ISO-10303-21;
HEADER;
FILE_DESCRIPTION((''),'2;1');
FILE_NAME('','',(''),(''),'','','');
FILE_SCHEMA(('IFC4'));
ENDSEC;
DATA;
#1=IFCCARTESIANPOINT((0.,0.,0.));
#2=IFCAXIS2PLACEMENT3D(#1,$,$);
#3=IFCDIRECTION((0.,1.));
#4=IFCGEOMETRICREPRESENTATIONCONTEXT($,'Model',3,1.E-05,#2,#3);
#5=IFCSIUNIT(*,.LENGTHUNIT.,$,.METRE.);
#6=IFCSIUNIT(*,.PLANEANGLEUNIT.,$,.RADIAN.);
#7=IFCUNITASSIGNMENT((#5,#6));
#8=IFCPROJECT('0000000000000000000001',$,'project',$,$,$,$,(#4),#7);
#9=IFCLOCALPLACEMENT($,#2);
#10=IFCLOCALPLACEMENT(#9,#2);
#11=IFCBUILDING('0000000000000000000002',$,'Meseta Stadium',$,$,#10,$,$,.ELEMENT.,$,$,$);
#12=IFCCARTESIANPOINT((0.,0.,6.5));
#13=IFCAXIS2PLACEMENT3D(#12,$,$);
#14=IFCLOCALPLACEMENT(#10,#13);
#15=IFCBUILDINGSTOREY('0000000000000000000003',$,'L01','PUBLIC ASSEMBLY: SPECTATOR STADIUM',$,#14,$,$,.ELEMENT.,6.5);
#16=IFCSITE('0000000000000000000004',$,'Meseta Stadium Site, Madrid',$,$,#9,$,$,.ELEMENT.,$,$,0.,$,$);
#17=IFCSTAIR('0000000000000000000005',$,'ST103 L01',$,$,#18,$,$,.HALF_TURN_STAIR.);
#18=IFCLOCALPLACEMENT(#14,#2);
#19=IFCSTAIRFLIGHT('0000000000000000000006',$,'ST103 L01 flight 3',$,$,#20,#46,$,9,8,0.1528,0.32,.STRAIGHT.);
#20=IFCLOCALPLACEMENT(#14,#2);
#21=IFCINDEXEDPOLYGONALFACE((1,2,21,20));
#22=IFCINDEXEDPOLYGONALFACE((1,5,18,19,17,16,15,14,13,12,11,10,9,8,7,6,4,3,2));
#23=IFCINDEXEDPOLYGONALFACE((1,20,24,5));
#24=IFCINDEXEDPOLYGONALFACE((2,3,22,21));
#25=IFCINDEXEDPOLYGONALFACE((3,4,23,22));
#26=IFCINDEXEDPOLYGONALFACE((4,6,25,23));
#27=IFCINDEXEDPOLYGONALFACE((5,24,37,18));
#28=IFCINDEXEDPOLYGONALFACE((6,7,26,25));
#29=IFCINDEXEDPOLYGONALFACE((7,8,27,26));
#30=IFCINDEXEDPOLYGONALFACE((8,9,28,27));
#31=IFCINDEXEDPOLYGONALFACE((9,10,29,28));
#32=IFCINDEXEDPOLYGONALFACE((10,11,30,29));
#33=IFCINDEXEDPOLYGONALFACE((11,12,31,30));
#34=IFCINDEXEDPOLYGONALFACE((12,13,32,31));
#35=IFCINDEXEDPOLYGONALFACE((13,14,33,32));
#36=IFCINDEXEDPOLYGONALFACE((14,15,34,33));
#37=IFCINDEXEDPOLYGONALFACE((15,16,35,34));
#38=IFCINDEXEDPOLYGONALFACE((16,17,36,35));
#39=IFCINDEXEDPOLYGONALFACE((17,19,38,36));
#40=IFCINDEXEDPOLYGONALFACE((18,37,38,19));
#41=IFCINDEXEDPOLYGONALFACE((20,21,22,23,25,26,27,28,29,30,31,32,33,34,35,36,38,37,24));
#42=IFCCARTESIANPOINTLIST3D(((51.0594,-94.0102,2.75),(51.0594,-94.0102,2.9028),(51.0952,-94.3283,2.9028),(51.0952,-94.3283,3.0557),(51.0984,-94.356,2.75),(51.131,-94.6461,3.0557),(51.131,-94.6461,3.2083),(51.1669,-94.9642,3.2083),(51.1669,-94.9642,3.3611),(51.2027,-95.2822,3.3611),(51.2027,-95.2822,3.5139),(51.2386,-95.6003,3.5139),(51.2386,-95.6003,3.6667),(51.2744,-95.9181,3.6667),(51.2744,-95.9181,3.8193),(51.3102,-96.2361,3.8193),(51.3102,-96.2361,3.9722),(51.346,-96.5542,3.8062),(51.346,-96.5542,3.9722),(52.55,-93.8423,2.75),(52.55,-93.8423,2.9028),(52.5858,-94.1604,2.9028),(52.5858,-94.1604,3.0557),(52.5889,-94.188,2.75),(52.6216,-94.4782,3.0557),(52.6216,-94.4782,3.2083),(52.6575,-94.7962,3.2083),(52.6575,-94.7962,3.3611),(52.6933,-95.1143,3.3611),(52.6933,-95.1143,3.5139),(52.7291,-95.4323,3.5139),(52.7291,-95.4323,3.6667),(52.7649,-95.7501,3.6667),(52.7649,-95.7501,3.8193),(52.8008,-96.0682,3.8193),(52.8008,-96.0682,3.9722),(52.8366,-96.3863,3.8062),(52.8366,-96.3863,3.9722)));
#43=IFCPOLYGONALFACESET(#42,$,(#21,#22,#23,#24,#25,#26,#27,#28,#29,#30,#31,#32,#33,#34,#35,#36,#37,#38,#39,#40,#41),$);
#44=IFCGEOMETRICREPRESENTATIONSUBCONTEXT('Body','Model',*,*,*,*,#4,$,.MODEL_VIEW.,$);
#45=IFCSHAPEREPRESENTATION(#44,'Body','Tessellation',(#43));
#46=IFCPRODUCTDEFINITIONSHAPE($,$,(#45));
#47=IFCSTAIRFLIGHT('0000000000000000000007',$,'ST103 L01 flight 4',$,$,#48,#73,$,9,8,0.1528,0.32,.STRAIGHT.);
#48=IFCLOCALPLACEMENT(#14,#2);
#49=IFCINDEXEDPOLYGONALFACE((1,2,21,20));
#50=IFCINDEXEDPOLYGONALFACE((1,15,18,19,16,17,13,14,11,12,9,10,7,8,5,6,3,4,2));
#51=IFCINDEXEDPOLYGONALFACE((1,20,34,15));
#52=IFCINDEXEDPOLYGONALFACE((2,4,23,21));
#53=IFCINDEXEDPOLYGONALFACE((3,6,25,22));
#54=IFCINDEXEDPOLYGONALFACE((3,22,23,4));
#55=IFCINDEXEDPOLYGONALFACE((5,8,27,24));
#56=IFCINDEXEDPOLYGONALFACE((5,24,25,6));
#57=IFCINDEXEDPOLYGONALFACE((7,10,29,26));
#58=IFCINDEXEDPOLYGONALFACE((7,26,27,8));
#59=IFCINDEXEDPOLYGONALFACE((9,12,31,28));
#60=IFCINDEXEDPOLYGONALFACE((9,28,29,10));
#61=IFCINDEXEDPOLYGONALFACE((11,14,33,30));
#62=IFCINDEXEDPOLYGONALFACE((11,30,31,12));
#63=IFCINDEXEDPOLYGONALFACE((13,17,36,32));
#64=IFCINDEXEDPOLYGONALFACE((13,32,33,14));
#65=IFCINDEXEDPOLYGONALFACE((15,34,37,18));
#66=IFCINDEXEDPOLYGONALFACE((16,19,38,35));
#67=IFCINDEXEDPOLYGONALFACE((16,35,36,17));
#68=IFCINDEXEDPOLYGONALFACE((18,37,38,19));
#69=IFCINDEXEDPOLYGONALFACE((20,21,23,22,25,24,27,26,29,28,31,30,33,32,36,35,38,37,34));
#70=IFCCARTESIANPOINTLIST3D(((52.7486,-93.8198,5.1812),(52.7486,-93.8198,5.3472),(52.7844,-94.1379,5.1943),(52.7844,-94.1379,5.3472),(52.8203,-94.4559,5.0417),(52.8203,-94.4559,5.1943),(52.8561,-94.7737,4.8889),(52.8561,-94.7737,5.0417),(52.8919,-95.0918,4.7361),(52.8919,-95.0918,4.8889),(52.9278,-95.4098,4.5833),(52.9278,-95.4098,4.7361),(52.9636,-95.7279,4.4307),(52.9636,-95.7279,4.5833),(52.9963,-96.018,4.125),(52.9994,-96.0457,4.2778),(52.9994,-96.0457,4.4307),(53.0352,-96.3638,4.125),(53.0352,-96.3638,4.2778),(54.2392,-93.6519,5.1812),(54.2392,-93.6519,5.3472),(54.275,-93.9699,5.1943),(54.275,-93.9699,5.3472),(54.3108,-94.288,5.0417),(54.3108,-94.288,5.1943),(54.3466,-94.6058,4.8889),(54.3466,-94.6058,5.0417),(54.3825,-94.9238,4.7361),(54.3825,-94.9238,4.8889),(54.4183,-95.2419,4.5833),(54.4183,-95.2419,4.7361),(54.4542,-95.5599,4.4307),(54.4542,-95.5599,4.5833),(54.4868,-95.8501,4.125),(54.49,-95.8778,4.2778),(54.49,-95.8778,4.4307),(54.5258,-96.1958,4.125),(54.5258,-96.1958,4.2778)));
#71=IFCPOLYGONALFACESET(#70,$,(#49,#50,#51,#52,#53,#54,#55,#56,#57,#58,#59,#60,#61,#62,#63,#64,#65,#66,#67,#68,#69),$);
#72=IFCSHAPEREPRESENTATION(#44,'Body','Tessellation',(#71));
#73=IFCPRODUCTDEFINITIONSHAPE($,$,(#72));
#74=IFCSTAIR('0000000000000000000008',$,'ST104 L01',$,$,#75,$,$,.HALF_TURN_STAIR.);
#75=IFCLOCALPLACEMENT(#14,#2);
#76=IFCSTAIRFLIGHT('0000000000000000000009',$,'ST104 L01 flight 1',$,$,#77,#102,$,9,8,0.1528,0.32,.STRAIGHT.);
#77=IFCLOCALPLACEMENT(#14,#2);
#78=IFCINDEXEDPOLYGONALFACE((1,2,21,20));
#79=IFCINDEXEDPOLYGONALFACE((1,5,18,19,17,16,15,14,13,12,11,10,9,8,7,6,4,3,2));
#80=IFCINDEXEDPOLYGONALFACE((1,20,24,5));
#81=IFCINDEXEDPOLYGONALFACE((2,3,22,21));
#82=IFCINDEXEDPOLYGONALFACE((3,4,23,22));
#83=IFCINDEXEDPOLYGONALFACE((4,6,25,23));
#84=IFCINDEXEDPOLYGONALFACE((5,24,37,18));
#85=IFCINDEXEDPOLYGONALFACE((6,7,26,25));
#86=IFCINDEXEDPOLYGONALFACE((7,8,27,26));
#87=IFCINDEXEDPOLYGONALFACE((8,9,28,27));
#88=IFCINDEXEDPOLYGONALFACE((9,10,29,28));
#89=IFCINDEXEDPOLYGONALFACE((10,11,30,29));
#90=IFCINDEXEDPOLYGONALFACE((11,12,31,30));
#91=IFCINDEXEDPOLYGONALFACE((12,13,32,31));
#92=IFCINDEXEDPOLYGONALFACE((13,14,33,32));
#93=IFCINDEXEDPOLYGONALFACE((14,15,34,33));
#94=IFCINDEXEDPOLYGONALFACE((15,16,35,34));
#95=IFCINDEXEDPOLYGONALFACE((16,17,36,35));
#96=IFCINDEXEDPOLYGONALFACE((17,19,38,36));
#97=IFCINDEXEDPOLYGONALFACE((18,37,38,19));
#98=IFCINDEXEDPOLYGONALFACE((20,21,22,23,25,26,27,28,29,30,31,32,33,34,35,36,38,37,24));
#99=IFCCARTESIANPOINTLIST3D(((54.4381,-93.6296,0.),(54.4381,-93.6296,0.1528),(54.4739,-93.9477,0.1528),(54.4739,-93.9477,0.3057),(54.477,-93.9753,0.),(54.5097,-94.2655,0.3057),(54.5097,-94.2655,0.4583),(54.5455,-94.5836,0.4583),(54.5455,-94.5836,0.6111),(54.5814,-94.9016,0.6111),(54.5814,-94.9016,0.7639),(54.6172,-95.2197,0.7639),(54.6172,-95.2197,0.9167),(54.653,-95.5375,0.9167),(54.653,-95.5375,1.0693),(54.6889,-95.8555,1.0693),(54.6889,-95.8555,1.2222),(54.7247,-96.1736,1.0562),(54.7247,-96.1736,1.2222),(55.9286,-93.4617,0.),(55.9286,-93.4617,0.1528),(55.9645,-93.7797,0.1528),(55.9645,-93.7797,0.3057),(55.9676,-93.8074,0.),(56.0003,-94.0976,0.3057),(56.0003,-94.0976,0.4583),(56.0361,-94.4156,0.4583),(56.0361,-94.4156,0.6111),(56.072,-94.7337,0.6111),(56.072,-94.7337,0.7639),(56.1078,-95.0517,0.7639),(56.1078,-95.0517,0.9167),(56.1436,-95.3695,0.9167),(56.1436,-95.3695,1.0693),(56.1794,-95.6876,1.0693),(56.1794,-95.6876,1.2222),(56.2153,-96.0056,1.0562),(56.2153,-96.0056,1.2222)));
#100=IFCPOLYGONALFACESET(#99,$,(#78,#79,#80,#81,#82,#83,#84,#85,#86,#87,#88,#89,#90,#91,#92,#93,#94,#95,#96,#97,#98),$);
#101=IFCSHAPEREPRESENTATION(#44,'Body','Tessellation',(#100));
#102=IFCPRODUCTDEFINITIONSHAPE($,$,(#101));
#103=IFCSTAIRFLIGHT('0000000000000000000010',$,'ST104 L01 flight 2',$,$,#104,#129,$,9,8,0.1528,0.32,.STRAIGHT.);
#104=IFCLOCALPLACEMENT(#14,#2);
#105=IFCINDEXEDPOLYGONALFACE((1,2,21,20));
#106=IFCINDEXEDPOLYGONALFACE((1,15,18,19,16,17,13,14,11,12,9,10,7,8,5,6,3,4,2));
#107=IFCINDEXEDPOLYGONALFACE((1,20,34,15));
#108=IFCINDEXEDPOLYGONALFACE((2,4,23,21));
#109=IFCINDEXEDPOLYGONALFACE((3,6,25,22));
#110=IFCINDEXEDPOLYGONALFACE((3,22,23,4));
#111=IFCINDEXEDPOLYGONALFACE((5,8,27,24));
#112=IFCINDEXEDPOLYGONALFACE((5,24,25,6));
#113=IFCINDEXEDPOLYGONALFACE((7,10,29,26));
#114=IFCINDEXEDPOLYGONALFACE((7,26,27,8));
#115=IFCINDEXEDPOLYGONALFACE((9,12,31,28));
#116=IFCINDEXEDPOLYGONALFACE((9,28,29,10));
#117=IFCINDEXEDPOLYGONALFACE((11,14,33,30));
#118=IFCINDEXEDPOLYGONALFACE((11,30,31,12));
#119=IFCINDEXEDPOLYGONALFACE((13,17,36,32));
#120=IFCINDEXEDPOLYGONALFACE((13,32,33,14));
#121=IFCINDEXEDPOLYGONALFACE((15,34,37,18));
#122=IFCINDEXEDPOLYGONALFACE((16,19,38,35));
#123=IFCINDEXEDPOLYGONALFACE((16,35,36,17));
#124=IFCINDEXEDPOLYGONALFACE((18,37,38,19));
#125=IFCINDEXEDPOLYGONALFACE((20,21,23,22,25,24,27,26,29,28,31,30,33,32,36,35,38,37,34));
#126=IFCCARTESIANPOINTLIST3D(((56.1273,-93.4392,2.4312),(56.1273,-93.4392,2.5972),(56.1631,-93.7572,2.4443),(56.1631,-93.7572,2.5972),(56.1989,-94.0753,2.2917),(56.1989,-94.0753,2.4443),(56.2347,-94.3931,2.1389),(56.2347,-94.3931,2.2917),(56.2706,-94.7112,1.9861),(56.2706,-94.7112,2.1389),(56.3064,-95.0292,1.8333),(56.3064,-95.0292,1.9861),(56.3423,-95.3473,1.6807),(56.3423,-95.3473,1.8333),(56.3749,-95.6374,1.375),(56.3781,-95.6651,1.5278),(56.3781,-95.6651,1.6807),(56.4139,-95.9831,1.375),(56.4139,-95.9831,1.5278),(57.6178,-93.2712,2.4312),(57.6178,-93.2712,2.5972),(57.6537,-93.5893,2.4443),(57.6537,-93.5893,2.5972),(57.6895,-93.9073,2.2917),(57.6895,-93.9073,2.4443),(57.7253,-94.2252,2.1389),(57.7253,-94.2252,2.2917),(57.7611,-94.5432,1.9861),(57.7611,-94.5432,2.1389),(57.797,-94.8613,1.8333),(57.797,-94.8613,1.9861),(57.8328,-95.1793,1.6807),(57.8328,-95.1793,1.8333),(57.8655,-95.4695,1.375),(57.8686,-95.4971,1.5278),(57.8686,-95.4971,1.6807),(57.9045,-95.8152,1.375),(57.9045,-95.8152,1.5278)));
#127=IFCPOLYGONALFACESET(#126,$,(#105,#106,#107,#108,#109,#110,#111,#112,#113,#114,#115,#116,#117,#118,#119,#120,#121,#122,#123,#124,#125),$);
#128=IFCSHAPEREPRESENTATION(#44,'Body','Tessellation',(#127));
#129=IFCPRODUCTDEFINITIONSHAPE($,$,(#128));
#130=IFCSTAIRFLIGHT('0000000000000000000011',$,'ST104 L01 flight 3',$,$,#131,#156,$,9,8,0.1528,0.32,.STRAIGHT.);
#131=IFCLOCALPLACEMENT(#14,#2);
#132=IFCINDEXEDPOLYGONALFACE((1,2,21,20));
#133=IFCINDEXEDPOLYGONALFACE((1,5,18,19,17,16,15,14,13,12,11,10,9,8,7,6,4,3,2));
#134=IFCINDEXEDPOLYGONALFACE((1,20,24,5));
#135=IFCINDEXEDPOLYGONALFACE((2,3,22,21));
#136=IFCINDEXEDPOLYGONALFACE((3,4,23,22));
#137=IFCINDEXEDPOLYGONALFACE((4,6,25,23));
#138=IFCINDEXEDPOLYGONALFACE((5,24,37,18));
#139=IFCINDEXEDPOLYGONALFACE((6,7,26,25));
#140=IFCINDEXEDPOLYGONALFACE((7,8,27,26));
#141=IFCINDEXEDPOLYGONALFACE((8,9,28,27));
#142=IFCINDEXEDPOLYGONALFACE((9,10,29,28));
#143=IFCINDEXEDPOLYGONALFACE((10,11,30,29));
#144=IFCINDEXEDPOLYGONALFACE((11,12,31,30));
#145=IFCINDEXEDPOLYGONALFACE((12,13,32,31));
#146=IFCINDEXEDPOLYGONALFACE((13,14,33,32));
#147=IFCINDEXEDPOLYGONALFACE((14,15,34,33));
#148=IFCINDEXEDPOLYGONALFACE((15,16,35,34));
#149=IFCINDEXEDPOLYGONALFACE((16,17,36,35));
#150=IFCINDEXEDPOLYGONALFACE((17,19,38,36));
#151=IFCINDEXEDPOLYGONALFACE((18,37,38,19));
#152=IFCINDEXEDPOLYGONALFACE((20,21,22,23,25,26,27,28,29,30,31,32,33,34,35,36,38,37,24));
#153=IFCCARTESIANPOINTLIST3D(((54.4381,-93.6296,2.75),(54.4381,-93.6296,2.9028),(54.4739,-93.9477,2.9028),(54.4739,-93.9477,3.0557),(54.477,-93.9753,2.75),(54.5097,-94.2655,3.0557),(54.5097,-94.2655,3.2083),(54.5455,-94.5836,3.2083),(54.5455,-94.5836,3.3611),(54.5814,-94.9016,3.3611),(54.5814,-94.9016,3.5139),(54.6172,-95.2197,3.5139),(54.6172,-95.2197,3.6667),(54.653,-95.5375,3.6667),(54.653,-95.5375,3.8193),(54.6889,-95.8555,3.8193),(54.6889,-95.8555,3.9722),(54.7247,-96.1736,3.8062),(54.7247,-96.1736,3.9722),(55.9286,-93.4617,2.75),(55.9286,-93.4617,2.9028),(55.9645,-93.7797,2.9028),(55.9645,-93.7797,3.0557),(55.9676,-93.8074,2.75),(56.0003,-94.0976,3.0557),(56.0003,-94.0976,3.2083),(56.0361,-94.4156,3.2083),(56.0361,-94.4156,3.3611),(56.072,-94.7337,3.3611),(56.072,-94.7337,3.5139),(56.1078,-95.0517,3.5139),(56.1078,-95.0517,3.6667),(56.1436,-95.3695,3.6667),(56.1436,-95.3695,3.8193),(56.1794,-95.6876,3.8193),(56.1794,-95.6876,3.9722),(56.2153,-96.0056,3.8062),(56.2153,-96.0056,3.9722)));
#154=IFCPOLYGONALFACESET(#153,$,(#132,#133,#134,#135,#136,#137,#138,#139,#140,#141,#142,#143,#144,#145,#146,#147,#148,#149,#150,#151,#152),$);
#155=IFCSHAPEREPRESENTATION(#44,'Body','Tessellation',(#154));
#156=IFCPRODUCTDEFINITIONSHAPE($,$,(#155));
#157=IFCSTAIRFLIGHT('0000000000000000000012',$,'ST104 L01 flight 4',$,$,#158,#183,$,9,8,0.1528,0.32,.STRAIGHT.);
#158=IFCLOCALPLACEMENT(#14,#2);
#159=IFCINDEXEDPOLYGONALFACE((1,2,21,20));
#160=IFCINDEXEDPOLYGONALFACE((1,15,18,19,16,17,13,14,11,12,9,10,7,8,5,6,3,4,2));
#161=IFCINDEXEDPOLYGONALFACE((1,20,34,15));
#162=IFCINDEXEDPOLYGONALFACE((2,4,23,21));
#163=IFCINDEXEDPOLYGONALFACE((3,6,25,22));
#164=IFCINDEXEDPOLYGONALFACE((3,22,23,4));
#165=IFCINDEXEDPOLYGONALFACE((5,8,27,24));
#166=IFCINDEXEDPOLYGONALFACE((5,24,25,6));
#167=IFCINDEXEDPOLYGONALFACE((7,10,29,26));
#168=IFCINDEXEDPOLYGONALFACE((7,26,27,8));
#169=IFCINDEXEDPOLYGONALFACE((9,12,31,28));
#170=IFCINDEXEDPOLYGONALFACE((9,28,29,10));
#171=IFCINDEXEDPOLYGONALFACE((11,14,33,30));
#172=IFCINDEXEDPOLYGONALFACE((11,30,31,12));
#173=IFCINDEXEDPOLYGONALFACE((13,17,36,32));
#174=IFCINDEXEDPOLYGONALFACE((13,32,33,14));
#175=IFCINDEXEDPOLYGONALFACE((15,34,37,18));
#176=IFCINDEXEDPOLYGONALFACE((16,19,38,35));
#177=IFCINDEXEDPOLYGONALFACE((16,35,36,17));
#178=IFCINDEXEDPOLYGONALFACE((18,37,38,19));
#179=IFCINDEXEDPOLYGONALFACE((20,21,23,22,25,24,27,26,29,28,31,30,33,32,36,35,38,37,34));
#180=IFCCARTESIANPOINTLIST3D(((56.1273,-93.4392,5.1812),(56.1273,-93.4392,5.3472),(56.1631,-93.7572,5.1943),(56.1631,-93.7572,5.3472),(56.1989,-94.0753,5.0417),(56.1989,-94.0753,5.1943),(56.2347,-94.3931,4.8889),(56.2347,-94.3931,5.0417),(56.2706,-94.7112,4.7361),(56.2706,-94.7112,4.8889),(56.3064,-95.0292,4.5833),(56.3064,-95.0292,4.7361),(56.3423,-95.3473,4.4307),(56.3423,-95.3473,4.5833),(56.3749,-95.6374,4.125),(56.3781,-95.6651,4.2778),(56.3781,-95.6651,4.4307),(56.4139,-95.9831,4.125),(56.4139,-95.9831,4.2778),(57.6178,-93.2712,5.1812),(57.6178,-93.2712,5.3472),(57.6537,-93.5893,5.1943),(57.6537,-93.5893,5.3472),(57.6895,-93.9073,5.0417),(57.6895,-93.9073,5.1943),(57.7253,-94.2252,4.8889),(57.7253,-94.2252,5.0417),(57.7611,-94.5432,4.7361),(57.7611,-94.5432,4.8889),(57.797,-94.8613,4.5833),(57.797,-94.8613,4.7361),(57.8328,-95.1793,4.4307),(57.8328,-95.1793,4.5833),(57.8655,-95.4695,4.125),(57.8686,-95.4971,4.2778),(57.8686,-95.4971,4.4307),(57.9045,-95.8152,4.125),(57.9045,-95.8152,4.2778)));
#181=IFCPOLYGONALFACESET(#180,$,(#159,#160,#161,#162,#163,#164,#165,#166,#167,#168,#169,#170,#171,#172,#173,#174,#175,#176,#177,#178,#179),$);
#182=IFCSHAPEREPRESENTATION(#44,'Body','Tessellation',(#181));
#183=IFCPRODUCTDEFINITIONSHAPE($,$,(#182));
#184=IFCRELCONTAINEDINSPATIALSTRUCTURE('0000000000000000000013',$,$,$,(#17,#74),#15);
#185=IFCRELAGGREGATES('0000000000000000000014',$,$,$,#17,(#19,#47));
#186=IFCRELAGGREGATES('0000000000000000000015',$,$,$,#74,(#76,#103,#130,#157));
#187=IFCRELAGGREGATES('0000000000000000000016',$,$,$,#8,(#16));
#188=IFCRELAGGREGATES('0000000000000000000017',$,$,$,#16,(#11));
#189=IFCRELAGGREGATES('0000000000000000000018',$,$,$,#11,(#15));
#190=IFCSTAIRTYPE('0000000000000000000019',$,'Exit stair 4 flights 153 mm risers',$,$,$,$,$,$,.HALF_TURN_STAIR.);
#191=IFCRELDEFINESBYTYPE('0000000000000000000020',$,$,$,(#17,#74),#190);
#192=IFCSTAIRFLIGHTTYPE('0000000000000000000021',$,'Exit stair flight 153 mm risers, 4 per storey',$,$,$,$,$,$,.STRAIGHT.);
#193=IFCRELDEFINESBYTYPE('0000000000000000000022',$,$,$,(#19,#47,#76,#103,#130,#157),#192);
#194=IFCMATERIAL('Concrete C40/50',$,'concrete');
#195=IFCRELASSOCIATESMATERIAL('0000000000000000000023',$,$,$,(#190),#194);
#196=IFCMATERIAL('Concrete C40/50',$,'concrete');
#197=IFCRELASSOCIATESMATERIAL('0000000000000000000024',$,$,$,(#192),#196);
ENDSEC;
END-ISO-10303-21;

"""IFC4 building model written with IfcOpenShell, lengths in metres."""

from ifc_helpers import new_model, si_unit, direction, frame, origin, place, context, subcontext, project, spatial, polyline, outline, extrude, material, type_object, element, aggregate, save


model = new_model("IFC4")

# Units and contexts
model_context = context("Model", 3, precision=1e-05, world=origin(), true_north=direction((0.0, 1.0)))
body_context = subcontext(model_context, "Body", "Model", "MODEL_VIEW")
ifc_project = project(units=[si_unit("LENGTHUNIT", "METRE"), si_unit("PLANEANGLEUNIT", "RADIAN")], contexts=[model_context])

# Site, building, storey
site_placement = place(None, origin())
site = spatial("IfcSite", under=ifc_project, at=site_placement, Name="Meseta Stadium Site, Madrid", CompositionType="ELEMENT", RefElevation=0.0)
building_placement = place(site_placement, origin())
building = spatial("IfcBuilding", under=site, at=building_placement, Name="Meseta Stadium", CompositionType="ELEMENT")
storey_placement = place(building_placement, frame((0.0, 0.0, 6.5)))
storey = spatial("IfcBuildingStorey", under=building, at=storey_placement, Name="L01", Description="PUBLIC ASSEMBLY: SPECTATOR STADIUM", CompositionType="ELEMENT", Elevation=6.5)

# Stairs, stair flights
ifc_material_1 = material(Name="Concrete C40/50", Category="concrete")
stair_type = type_object("IfcStairType", Name="Exit stair 4 flights 153 mm risers", PredefinedType="HALF_TURN_STAIR", material=ifc_material_1)
stair_1_placement = place(storey_placement, origin())
stair_1 = element("IfcStair", 1, at=stair_1_placement, inside=storey, type_object=stair_type, Name="ST103 L01", PredefinedType="HALF_TURN_STAIR")
ifc_material_2 = material(Name="Concrete C40/50", Category="concrete")
stair_flight_type = type_object("IfcStairFlightType", Name="Exit stair flight 153 mm risers, 4 per storey", PredefinedType="STRAIGHT", material=ifc_material_2)
stair_flight_1_placement = place(storey_placement, frame((51.8047, -93.9263, 2.75), z_axis=(0.0, 0.0, 1.0), x_axis=(0.111964, -0.993712, 0.0)))
stair_flight_1 = element("IfcStairFlight", 2, at=stair_flight_1_placement, type_object=stair_flight_type, Name="ST103 L01 flight 3", NumberOfRisers=9, NumberOfTreads=8, PredefinedType="STRAIGHT", RiserHeight=0.1528, TreadLength=0.32, context=body_context, shape_type="SweptSolid", body=[
    extrude(outline(polyline([(0.0, 0.0), (0.0, 0.1528), (0.3201, 0.1528), (0.3201, 0.3057), (0.6399, 0.3057), (0.6399, 0.4583), (0.96, 0.4583), (0.96, 0.6111), (1.28, 0.6111), (1.28, 0.7639), (1.6001, 0.7639), (1.6001, 0.9167), (1.9199, 0.9167), (1.9199, 1.0693), (2.24, 1.0693), (2.24, 1.2222), (2.5601, 1.2222), (2.5601, 1.0562), (0.3479, 0.0), (0.0, 0.0)])), frame((0.0, 0.75, 0.0), z_axis=(0.0, -1.0, 0.0), x_axis=(1.0, 0.0, 0.0)), (0.0, 0.0, 1.0), 1.5),
])
stair_flight_2_placement = place(storey_placement, frame((53.7805, -96.2798, 4.125), z_axis=(0.0, 0.0, 1.0), x_axis=(-0.111964, 0.993712, 0.0)))
stair_flight_2 = element("IfcStairFlight", 3, at=stair_flight_2_placement, type_object=stair_flight_type, Name="ST103 L01 flight 4", NumberOfRisers=9, NumberOfTreads=8, PredefinedType="STRAIGHT", RiserHeight=0.1528, TreadLength=0.32, context=body_context, shape_type="SweptSolid", body=[
    extrude(outline(polyline([(0.0, 0.0), (0.0, 0.1528), (0.3201, 0.1528), (0.3201, 0.3057), (0.6399, 0.3057), (0.6399, 0.4583), (0.96, 0.4583), (0.96, 0.6111), (1.28, 0.6111), (1.28, 0.7639), (1.6001, 0.7639), (1.6001, 0.9167), (1.9199, 0.9167), (1.9199, 1.0693), (2.24, 1.0693), (2.24, 1.2222), (2.5601, 1.2222), (2.5601, 1.0562), (0.3479, 0.0), (0.0, 0.0)])), frame((0.0, 0.75, 0.0), z_axis=(0.0, -1.0, 0.0), x_axis=(1.0, 0.0, 0.0)), (0.0, 0.0, 1.0), 1.5),
])
aggregate(stair_1, [stair_flight_1, stair_flight_2])
stair_2_placement = place(storey_placement, origin())
stair_2 = element("IfcStair", 4, at=stair_2_placement, inside=storey, type_object=stair_type, Name="ST104 L01", PredefinedType="HALF_TURN_STAIR")
stair_flight_3_placement = place(storey_placement, frame((55.1833, -93.5457, 0.0), z_axis=(0.0, 0.0, 1.0), x_axis=(0.111964, -0.993712, 0.0)))
stair_flight_3 = element("IfcStairFlight", 5, at=stair_flight_3_placement, type_object=stair_flight_type, Name="ST104 L01 flight 1", NumberOfRisers=9, NumberOfTreads=8, PredefinedType="STRAIGHT", RiserHeight=0.1528, TreadLength=0.32, context=body_context, shape_type="SweptSolid", body=[
    extrude(outline(polyline([(0.0, 0.0), (0.0, 0.1528), (0.3201, 0.1528), (0.3201, 0.3057), (0.6399, 0.3057), (0.6399, 0.4583), (0.96, 0.4583), (0.96, 0.6111), (1.28, 0.6111), (1.28, 0.7639), (1.6001, 0.7639), (1.6001, 0.9167), (1.9199, 0.9167), (1.9199, 1.0693), (2.24, 1.0693), (2.24, 1.2222), (2.5601, 1.2222), (2.5601, 1.0562), (0.3479, 0.0), (0.0, 0.0)])), frame((0.0, 0.75, 0.0), z_axis=(0.0, -1.0, 0.0), x_axis=(1.0, 0.0, 0.0)), (0.0, 0.0, 1.0), 1.5),
])
stair_flight_4_placement = place(storey_placement, frame((57.1592, -95.8992, 1.375), z_axis=(0.0, 0.0, 1.0), x_axis=(-0.111964, 0.993712, 0.0)))
stair_flight_4 = element("IfcStairFlight", 6, at=stair_flight_4_placement, type_object=stair_flight_type, Name="ST104 L01 flight 2", NumberOfRisers=9, NumberOfTreads=8, PredefinedType="STRAIGHT", RiserHeight=0.1528, TreadLength=0.32, context=body_context, shape_type="SweptSolid", body=[
    extrude(outline(polyline([(0.0, 0.0), (0.0, 0.1528), (0.3201, 0.1528), (0.3201, 0.3057), (0.6399, 0.3057), (0.6399, 0.4583), (0.96, 0.4583), (0.96, 0.6111), (1.28, 0.6111), (1.28, 0.7639), (1.6001, 0.7639), (1.6001, 0.9167), (1.9199, 0.9167), (1.9199, 1.0693), (2.24, 1.0693), (2.24, 1.2222), (2.5601, 1.2222), (2.5601, 1.0562), (0.3479, 0.0), (0.0, 0.0)])), frame((0.0, 0.75, 0.0), z_axis=(0.0, -1.0, 0.0), x_axis=(1.0, 0.0, 0.0)), (0.0, 0.0, 1.0), 1.5),
])
stair_flight_5_placement = place(storey_placement, frame((55.1833, -93.5457, 2.75), z_axis=(0.0, 0.0, 1.0), x_axis=(0.111964, -0.993712, 0.0)))
stair_flight_5 = element("IfcStairFlight", 7, at=stair_flight_5_placement, type_object=stair_flight_type, Name="ST104 L01 flight 3", NumberOfRisers=9, NumberOfTreads=8, PredefinedType="STRAIGHT", RiserHeight=0.1528, TreadLength=0.32, context=body_context, shape_type="SweptSolid", body=[
    extrude(outline(polyline([(0.0, 0.0), (0.0, 0.1528), (0.3201, 0.1528), (0.3201, 0.3057), (0.6399, 0.3057), (0.6399, 0.4583), (0.96, 0.4583), (0.96, 0.6111), (1.28, 0.6111), (1.28, 0.7639), (1.6001, 0.7639), (1.6001, 0.9167), (1.9199, 0.9167), (1.9199, 1.0693), (2.24, 1.0693), (2.24, 1.2222), (2.5601, 1.2222), (2.5601, 1.0562), (0.3479, 0.0), (0.0, 0.0)])), frame((0.0, 0.75, 0.0), z_axis=(0.0, -1.0, 0.0), x_axis=(1.0, 0.0, 0.0)), (0.0, 0.0, 1.0), 1.5),
])
stair_flight_6_placement = place(storey_placement, frame((57.1592, -95.8992, 4.125), z_axis=(0.0, 0.0, 1.0), x_axis=(-0.111964, 0.993712, 0.0)))
stair_flight_6 = element("IfcStairFlight", 8, at=stair_flight_6_placement, type_object=stair_flight_type, Name="ST104 L01 flight 4", NumberOfRisers=9, NumberOfTreads=8, PredefinedType="STRAIGHT", RiserHeight=0.1528, TreadLength=0.32, context=body_context, shape_type="SweptSolid", body=[
    extrude(outline(polyline([(0.0, 0.0), (0.0, 0.1528), (0.3201, 0.1528), (0.3201, 0.3057), (0.6399, 0.3057), (0.6399, 0.4583), (0.96, 0.4583), (0.96, 0.6111), (1.28, 0.6111), (1.28, 0.7639), (1.6001, 0.7639), (1.6001, 0.9167), (1.9199, 0.9167), (1.9199, 1.0693), (2.24, 1.0693), (2.24, 1.2222), (2.5601, 1.2222), (2.5601, 1.0562), (0.3479, 0.0), (0.0, 0.0)])), frame((0.0, 0.75, 0.0), z_axis=(0.0, -1.0, 0.0), x_axis=(1.0, 0.0, 0.0)), (0.0, 0.0, 1.0), 1.5),
])
aggregate(stair_2, [stair_flight_3, stair_flight_4, stair_flight_5, stair_flight_6])

save(model, "model.ifc")
